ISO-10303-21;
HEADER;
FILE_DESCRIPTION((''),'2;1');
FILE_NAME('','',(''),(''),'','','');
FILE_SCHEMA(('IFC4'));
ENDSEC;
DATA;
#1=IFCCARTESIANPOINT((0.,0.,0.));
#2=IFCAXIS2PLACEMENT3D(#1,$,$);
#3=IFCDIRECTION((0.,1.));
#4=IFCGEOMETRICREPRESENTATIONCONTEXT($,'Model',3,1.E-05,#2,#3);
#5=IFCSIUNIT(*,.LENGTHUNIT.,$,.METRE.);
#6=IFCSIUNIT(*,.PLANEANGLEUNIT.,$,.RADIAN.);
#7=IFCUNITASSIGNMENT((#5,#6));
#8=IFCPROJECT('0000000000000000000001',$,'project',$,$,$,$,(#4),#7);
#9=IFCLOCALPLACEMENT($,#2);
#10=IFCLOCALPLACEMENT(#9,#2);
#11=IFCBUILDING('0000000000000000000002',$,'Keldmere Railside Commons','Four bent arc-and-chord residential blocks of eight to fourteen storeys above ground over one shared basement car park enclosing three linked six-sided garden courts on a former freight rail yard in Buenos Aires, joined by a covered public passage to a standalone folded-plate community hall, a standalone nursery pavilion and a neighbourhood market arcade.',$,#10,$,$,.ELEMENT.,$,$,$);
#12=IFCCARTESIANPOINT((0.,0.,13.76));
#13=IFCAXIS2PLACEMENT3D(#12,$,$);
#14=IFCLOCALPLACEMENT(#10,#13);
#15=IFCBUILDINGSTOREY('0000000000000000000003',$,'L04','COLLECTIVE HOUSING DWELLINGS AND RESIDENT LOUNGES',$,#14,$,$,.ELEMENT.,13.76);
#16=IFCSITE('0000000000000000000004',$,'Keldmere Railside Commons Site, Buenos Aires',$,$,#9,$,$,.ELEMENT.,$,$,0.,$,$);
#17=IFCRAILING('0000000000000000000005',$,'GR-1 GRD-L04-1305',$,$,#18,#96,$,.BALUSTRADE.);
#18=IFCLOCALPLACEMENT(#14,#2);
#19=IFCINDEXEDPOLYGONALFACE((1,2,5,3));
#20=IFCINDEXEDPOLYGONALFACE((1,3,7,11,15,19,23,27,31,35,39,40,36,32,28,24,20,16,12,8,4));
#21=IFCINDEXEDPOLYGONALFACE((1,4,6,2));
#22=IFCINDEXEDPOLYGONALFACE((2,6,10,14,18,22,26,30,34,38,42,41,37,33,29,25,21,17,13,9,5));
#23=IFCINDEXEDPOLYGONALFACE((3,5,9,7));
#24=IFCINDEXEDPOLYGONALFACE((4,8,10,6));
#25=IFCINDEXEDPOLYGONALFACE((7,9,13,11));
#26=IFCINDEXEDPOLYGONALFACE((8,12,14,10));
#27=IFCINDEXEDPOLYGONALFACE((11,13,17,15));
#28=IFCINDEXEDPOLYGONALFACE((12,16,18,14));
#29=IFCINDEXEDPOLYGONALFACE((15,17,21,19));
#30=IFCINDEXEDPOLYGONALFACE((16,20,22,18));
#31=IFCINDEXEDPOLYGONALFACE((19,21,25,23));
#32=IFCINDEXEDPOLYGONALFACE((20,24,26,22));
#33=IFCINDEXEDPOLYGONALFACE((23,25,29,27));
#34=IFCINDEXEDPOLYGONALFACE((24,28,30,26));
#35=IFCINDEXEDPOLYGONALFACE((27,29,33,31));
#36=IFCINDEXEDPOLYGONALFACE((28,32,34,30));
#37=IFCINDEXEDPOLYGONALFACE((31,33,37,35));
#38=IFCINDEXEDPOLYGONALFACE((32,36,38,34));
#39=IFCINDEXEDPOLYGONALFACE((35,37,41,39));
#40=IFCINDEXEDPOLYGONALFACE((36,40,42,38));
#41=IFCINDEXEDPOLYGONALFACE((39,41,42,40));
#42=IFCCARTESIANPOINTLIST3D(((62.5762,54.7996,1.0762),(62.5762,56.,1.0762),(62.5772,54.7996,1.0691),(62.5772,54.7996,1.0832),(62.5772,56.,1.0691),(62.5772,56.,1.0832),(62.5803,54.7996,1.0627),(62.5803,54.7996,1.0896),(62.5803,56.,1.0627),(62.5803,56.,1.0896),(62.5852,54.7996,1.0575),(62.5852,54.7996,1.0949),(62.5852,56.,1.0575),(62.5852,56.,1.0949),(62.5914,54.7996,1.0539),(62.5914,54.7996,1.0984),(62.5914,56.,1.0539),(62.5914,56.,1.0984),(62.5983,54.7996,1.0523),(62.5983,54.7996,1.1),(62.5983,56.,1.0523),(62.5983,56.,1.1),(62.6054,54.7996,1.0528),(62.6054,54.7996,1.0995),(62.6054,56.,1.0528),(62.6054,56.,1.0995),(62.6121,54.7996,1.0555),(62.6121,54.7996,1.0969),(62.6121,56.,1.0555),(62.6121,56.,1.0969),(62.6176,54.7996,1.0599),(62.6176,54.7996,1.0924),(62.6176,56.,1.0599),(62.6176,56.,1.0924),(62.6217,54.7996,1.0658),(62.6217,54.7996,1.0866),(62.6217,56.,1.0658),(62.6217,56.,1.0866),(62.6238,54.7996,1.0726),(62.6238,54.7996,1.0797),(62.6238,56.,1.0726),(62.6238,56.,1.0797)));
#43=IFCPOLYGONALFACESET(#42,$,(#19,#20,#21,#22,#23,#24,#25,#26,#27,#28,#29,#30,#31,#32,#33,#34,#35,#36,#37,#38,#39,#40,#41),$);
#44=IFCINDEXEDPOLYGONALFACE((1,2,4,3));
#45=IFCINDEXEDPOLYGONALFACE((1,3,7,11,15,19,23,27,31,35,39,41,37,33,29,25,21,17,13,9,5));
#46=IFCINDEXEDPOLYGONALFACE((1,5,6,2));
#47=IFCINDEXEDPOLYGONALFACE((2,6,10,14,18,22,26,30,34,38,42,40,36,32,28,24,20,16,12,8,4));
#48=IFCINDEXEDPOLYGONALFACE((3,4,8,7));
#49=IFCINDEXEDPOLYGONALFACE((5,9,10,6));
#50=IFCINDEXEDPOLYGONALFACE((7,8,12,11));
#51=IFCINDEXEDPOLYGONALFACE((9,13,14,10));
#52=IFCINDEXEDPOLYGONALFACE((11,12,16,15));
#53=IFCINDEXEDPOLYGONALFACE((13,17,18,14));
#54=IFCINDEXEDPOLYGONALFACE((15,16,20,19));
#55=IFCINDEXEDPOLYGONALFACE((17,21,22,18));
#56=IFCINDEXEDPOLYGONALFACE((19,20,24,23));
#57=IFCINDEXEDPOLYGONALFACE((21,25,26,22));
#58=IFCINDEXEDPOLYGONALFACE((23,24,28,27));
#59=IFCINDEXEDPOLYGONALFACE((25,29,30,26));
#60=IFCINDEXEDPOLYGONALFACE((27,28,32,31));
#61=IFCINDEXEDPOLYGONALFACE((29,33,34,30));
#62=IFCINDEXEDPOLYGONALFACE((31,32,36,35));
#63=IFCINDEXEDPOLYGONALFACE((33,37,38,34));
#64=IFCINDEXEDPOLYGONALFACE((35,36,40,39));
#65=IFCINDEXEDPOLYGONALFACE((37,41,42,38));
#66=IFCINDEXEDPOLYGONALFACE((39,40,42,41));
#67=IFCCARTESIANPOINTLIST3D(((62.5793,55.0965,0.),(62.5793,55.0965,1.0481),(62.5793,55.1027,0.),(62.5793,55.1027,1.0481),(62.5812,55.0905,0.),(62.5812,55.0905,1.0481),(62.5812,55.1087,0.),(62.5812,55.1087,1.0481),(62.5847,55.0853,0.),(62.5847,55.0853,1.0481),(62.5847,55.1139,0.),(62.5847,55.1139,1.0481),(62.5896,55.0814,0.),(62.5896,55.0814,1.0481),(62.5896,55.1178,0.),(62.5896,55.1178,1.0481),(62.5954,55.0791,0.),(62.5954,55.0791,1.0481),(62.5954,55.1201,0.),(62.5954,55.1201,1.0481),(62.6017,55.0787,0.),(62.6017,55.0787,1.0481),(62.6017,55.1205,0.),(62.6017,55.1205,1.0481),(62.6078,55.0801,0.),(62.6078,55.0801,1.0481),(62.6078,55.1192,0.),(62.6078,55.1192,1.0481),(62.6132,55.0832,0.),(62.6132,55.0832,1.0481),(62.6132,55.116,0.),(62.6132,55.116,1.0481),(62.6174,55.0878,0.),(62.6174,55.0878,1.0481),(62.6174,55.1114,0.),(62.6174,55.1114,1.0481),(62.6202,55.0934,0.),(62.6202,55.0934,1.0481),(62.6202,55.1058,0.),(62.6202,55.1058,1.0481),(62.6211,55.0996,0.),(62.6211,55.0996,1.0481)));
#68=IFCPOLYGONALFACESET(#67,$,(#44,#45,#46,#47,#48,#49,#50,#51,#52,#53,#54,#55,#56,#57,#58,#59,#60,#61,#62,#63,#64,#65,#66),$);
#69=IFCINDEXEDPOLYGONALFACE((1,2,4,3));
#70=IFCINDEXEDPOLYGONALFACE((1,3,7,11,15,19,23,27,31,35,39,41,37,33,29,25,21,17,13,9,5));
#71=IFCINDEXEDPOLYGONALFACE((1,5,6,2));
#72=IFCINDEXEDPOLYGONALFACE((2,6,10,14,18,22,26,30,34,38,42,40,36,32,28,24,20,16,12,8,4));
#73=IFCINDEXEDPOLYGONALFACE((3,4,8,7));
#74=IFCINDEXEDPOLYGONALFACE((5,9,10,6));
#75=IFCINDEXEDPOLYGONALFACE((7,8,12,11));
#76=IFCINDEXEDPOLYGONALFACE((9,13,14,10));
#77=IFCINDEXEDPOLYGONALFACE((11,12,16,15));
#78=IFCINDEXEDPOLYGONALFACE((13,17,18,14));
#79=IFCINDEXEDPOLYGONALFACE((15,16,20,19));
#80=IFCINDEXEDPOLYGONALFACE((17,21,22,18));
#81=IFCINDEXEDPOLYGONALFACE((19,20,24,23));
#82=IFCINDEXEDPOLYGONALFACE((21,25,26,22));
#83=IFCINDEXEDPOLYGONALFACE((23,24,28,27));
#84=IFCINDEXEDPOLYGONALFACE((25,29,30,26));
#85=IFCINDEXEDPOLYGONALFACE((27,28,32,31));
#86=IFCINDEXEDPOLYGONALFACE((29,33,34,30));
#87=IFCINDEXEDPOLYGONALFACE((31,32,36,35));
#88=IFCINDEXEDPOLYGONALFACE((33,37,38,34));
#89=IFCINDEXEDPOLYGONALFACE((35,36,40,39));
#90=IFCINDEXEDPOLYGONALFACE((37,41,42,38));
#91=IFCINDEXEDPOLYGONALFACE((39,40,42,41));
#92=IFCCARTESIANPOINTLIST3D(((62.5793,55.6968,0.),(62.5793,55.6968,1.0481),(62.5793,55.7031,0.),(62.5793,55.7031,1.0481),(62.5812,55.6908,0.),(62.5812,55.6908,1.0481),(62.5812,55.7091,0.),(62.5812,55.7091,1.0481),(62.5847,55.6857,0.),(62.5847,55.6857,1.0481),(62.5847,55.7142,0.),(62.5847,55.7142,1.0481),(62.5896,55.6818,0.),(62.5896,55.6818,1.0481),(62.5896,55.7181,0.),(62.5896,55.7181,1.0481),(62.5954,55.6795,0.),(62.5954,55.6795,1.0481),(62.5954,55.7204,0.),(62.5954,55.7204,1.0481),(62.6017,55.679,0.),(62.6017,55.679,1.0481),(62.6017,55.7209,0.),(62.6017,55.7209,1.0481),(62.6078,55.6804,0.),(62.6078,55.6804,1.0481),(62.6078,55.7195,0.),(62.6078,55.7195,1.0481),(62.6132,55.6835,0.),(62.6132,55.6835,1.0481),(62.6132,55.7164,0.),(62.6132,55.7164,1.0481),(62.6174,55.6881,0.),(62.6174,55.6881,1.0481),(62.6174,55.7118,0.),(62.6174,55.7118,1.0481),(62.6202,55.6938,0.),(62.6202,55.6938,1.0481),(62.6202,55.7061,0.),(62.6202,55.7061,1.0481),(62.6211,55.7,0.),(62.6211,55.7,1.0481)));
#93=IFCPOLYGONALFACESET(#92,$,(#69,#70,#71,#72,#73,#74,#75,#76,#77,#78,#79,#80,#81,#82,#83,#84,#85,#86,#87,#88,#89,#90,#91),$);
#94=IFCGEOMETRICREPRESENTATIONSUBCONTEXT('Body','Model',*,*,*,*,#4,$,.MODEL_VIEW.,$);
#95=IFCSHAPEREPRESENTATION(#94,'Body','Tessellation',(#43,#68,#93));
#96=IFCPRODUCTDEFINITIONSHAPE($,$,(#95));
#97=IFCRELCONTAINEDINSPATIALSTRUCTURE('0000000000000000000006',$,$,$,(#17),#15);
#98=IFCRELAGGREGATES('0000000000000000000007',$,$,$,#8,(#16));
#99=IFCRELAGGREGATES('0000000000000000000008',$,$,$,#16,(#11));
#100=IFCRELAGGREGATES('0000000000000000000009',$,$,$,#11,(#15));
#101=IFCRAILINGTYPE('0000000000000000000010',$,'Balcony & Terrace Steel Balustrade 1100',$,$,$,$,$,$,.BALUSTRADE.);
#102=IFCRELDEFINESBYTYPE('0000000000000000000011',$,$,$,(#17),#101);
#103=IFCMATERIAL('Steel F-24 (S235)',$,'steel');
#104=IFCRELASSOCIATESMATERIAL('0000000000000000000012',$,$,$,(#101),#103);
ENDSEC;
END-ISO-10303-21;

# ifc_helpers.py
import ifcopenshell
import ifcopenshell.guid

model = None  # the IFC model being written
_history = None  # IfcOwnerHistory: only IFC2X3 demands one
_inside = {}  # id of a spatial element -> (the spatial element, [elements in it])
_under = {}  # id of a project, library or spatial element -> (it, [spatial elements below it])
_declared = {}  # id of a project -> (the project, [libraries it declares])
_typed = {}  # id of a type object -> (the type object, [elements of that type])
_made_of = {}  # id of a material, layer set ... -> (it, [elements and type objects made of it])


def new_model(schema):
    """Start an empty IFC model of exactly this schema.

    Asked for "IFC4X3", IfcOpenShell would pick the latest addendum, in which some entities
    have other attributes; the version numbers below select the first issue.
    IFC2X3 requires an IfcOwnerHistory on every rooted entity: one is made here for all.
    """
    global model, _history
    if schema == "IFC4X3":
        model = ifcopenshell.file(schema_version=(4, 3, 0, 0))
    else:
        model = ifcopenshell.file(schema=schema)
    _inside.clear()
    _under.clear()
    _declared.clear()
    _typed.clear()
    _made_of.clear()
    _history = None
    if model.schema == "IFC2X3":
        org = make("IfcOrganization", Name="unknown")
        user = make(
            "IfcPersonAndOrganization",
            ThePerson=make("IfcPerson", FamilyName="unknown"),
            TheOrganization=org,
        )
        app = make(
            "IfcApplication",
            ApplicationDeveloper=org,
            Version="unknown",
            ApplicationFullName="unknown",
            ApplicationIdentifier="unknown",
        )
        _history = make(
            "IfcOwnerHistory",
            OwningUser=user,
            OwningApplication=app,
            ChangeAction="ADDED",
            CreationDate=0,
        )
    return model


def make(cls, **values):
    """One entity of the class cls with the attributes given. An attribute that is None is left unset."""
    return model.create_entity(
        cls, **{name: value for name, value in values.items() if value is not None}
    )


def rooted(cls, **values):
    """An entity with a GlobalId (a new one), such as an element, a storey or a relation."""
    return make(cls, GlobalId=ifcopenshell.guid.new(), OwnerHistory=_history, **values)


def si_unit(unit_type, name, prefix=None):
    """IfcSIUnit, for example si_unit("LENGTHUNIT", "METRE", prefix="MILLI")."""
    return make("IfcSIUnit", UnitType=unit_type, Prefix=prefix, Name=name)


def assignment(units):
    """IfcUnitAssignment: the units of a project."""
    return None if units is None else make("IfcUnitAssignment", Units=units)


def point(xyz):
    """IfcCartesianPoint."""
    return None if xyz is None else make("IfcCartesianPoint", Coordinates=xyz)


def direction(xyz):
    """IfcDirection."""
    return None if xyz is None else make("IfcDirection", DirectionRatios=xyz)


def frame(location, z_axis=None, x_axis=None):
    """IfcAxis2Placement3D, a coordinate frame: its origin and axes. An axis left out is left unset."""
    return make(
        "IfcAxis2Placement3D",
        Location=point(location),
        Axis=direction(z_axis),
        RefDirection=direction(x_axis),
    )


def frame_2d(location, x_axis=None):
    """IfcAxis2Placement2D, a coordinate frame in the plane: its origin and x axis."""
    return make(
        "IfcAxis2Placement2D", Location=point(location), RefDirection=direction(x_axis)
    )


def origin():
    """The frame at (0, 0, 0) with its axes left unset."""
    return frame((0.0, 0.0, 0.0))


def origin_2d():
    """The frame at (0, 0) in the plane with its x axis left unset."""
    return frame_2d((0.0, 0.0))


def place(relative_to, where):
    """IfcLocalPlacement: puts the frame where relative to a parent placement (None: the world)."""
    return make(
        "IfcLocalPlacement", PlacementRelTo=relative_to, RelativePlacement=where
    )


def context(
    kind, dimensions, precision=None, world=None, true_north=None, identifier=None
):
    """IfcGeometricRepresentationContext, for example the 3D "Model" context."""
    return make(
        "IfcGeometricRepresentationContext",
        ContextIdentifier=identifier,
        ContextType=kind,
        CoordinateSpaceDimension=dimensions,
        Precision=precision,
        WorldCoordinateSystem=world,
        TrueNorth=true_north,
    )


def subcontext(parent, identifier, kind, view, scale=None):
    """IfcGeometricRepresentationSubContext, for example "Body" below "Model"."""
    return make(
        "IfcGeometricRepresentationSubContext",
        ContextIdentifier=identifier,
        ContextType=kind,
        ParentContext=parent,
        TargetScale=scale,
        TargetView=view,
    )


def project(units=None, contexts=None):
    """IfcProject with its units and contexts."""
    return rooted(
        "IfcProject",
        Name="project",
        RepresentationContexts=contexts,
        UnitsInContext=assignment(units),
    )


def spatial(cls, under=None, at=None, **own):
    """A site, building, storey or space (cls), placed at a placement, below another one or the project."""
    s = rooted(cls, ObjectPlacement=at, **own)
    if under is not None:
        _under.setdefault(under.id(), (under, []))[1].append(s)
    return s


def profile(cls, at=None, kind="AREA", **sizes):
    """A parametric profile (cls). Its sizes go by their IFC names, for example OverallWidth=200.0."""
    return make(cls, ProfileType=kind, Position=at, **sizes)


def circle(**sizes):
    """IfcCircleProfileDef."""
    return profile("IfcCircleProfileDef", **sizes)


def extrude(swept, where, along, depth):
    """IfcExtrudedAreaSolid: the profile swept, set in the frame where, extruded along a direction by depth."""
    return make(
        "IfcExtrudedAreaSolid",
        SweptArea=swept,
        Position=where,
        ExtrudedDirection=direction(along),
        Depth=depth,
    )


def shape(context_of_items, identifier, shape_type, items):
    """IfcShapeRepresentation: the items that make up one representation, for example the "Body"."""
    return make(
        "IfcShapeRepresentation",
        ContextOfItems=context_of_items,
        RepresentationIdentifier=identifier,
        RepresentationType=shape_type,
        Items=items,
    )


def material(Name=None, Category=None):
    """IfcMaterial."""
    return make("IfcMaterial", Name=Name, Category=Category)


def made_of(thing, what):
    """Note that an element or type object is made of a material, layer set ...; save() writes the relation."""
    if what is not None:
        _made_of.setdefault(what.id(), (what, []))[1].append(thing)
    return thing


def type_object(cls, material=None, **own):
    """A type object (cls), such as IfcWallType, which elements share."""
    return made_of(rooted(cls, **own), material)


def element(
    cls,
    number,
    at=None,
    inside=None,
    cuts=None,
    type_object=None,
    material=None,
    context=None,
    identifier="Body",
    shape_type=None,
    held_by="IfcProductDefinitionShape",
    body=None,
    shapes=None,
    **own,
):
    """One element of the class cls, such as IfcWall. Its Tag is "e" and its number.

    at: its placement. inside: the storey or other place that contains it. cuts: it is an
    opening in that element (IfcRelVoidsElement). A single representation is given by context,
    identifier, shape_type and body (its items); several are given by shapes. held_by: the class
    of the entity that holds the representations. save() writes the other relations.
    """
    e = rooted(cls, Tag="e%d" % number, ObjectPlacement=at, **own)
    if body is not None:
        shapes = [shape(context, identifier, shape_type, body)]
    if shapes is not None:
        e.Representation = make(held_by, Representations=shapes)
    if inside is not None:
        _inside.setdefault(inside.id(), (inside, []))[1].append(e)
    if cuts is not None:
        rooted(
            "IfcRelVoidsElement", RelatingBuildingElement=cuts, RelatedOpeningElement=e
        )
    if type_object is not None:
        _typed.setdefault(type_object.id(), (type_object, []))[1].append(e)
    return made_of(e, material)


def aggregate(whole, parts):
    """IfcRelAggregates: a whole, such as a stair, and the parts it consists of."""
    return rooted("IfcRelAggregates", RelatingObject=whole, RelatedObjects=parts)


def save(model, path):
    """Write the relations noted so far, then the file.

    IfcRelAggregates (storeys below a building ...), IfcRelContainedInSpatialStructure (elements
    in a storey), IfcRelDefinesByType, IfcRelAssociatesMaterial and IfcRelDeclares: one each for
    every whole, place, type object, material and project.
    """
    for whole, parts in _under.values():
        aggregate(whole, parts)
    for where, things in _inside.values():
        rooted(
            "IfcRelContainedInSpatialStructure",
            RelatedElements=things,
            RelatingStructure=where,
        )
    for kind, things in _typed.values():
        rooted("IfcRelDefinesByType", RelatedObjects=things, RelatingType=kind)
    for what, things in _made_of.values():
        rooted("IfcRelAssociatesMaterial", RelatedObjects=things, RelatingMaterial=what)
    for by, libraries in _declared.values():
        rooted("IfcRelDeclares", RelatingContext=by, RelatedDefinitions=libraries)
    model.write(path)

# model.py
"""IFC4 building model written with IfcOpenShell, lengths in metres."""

from ifc_helpers import new_model, si_unit, direction, frame, origin, origin_2d, place, context, subcontext, project, spatial, circle, extrude, material, type_object, element, save


model = new_model("IFC4")

# Units and contexts
model_context = context("Model", 3, precision=1e-05, world=origin(), true_north=direction((0.0, 1.0)))
body_context = subcontext(model_context, "Body", "Model", "MODEL_VIEW")
ifc_project = project(units=[si_unit("LENGTHUNIT", "METRE"), si_unit("PLANEANGLEUNIT", "RADIAN")], contexts=[model_context])

# Site, building, storey
site_placement = place(None, origin())
site = spatial("IfcSite", under=ifc_project, at=site_placement, Name="Keldmere Railside Commons Site, Buenos Aires", CompositionType="ELEMENT", RefElevation=0.0)
building_placement = place(site_placement, origin())
building = spatial("IfcBuilding", under=site, at=building_placement, Name="Keldmere Railside Commons", Description="Four bent arc-and-chord residential blocks of eight to fourteen storeys above ground over one shared basement car park enclosing three linked six-sided garden courts on a former freight rail yard in Buenos Aires, joined by a covered public passage to a standalone folded-plate community hall, a standalone nursery pavilion and a neighbourhood market arcade.", CompositionType="ELEMENT")
storey_placement = place(building_placement, frame((0.0, 0.0, 13.76)))
storey = spatial("IfcBuildingStorey", under=building, at=storey_placement, Name="L04", Description="COLLECTIVE HOUSING DWELLINGS AND RESIDENT LOUNGES", CompositionType="ELEMENT", Elevation=13.76)

# Railing
ifc_material_1 = material(Name="Steel F-24 (S235)", Category="steel")
railing_type = type_object("IfcRailingType", Name="Balcony & Terrace Steel Balustrade 1100", PredefinedType="BALUSTRADE", material=ifc_material_1)
railing_1_placement = place(storey_placement, frame((62.6001, 54.7996, 0.0)))
element("IfcRailing", 1, at=railing_1_placement, inside=storey, type_object=railing_type, Name="GR-1 GRD-L04-1305", PredefinedType="BALUSTRADE", context=body_context, shape_type="SweptSolid", body=[
    extrude(circle(Radius=0.0239, at=origin_2d()), frame((0.0, 0.0, 1.0762), z_axis=(0.0, 1.0, 0.0), x_axis=(-1.0, 0.0, 0.0)), (0.0, 0.0, 1.0), 1.2004),
    extrude(circle(Radius=0.021, at=origin_2d()), frame((0.0, 0.3, 0.0)), (0.0, 0.0, 1.0), 1.0481),
    extrude(circle(Radius=0.021, at=origin_2d()), frame((0.0, 0.9004, 0.0)), (0.0, 0.0, 1.0), 1.0481),
])

save(model, "model.ifc")
